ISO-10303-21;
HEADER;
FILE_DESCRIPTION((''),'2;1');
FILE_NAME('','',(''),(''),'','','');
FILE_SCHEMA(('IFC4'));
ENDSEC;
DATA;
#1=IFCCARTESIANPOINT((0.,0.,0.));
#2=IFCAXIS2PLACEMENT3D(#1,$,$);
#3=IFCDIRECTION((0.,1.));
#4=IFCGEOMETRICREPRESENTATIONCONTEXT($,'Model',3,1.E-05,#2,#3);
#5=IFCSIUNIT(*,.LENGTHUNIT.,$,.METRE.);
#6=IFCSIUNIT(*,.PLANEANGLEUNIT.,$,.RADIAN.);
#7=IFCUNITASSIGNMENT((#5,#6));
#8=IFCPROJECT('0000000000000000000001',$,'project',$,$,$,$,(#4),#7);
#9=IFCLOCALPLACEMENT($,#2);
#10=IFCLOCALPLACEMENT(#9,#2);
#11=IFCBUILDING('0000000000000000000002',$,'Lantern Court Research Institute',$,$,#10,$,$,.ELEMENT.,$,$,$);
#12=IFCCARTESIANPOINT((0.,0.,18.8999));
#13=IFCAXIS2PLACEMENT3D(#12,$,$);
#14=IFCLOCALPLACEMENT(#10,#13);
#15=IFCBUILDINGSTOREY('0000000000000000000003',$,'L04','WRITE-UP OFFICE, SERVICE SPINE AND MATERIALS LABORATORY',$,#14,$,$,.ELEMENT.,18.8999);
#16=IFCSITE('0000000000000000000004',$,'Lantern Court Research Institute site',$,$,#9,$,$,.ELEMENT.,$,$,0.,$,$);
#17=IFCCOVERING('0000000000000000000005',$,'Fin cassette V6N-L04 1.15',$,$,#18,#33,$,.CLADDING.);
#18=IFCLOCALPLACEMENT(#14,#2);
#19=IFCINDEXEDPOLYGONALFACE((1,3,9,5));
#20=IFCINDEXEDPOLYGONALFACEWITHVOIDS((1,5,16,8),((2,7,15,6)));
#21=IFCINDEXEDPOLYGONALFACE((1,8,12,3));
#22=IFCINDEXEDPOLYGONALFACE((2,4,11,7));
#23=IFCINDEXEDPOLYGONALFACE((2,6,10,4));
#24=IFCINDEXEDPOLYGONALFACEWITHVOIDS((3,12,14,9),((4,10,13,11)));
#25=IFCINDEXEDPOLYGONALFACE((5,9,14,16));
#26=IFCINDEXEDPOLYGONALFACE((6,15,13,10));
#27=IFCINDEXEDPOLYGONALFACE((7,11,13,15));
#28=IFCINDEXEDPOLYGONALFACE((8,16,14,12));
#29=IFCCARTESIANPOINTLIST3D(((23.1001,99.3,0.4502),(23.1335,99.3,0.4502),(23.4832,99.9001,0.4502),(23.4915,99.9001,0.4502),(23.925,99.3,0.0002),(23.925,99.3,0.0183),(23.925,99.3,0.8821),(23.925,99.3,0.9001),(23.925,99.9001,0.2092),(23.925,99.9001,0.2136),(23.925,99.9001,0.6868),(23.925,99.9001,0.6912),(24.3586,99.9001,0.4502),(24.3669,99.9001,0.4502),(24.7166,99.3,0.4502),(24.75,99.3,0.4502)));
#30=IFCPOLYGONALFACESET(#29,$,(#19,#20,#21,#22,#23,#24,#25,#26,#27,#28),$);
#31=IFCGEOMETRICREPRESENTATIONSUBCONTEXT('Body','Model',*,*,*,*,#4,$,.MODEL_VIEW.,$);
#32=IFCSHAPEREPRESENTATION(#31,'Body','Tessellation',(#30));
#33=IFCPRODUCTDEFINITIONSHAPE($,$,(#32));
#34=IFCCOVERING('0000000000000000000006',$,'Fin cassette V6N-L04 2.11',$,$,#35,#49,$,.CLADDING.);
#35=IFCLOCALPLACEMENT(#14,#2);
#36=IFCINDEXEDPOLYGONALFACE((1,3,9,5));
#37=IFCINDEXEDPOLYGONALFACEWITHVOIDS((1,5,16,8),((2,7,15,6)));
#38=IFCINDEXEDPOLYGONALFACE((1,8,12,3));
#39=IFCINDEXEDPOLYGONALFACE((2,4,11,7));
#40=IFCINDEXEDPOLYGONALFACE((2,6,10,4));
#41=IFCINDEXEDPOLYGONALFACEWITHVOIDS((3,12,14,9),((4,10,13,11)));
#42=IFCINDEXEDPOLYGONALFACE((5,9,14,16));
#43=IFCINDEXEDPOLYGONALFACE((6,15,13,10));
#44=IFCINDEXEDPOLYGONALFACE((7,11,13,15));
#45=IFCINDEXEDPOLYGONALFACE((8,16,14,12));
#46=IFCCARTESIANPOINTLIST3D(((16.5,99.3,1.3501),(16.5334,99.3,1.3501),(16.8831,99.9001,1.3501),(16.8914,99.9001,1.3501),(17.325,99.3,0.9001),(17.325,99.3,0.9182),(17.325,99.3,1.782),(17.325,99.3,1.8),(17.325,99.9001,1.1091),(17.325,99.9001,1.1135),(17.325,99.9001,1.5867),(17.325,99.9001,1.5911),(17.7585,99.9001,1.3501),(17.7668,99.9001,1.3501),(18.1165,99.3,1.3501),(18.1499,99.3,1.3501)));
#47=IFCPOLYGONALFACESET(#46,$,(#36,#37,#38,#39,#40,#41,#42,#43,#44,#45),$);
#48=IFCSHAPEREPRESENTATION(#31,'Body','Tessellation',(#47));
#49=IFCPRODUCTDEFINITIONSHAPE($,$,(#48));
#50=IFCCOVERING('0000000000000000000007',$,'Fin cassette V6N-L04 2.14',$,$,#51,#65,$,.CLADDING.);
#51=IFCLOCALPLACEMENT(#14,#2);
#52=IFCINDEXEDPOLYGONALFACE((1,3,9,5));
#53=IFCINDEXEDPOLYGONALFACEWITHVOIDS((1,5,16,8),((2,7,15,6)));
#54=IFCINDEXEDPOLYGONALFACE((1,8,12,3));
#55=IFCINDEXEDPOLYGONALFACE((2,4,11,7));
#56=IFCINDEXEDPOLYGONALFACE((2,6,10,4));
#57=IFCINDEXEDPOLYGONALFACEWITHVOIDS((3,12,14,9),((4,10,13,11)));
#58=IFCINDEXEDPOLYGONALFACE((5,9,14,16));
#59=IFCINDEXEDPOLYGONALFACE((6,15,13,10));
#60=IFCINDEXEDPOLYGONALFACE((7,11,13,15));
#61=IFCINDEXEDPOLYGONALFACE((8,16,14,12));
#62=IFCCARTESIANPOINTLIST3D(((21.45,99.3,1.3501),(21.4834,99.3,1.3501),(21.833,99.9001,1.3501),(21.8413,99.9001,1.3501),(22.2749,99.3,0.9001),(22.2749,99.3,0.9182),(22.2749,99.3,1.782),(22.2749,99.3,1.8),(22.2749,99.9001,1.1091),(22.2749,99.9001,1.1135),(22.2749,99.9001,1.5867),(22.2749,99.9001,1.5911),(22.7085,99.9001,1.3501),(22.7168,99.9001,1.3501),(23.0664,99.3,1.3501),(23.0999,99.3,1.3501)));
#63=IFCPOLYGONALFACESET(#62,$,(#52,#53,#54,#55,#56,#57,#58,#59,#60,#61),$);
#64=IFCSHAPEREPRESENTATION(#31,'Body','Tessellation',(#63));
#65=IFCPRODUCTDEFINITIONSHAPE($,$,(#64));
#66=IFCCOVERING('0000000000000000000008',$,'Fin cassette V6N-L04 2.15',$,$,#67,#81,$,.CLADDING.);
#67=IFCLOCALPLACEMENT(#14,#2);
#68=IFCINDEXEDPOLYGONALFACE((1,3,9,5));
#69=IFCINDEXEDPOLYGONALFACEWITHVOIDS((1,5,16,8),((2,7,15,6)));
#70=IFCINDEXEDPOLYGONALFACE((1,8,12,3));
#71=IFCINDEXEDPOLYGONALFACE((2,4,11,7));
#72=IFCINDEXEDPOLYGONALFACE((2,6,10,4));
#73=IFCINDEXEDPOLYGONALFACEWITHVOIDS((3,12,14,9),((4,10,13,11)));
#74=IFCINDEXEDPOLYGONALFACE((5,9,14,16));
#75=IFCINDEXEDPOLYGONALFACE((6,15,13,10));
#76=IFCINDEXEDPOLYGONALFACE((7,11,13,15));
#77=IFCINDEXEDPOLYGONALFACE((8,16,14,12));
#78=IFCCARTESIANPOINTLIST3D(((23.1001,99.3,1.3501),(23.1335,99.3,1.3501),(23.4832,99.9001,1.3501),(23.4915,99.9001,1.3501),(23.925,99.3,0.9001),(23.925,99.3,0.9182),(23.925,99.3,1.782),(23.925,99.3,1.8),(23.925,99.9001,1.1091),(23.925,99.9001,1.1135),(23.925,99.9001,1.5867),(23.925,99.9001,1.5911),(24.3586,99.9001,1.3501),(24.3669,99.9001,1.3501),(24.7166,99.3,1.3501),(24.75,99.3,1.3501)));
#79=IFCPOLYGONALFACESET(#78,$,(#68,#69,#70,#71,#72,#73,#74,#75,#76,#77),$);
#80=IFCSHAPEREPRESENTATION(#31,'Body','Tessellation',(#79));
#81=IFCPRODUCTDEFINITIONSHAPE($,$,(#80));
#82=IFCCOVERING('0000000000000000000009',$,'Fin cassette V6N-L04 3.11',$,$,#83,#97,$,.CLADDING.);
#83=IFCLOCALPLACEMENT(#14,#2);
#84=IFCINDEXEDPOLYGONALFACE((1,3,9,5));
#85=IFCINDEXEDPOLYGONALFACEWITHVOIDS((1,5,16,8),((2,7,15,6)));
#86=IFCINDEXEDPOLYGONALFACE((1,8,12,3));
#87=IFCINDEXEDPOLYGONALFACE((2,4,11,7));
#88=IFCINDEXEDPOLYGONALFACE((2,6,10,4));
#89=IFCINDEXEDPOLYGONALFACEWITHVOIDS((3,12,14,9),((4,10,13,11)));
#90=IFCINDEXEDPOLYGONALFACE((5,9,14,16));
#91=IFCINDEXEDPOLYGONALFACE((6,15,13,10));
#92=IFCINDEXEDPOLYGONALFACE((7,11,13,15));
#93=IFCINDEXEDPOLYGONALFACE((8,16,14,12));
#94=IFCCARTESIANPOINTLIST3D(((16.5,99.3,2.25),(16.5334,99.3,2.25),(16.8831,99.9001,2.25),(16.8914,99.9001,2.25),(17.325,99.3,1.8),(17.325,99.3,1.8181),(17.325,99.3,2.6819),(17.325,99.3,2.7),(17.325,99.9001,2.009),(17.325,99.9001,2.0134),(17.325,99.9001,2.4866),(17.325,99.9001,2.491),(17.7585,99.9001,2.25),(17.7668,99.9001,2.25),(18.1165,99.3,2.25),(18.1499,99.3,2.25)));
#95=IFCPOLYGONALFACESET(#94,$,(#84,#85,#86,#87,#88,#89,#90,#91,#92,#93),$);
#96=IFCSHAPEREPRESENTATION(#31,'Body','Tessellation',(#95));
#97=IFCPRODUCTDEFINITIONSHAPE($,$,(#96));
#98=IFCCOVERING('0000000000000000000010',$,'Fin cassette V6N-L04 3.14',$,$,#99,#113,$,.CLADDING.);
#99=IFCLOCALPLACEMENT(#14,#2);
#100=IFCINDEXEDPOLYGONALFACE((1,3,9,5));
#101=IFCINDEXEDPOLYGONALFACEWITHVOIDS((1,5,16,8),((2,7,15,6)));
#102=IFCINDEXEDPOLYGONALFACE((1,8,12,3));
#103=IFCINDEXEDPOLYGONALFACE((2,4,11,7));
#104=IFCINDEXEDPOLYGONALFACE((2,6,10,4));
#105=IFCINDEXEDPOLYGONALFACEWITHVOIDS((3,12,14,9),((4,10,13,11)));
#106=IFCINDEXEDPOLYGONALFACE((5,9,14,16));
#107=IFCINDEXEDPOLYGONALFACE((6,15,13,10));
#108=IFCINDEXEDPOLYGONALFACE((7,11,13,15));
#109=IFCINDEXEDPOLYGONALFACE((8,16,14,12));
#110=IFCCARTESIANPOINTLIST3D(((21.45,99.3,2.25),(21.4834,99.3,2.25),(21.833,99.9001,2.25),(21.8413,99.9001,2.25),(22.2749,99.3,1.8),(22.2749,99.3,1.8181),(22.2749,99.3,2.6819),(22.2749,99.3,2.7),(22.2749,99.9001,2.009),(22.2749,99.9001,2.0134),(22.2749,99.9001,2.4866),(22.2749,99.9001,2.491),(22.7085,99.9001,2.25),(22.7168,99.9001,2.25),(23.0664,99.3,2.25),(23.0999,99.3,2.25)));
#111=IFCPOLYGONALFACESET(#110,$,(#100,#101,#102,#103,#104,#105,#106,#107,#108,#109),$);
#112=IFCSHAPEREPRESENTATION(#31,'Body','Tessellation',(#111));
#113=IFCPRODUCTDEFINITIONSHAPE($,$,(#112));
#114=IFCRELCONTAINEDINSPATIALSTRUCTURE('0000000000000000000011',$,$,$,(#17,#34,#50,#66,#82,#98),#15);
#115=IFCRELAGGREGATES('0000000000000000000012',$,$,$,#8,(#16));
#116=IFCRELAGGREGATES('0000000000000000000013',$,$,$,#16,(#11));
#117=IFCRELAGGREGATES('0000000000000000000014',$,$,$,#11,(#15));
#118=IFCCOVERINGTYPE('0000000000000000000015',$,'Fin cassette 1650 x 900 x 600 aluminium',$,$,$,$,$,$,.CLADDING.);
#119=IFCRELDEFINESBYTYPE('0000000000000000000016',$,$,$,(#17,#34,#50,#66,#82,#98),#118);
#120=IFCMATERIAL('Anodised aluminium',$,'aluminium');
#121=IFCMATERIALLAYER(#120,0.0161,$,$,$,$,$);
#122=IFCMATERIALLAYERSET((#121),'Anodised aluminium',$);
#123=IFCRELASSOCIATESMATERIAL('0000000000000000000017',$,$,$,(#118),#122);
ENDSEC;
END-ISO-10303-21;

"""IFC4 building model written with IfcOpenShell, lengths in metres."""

from ifc_helpers import new_model, entity, si_unit, direction, frame, origin, place, context, subcontext, project, spatial, material, layer, layer_set, type_object, element, save


model = new_model("IFC4")

# Units and contexts
model_context = context("Model", 3, precision=1e-05, world=origin(), true_north=direction((0.0, 1.0)))
body_context = subcontext(model_context, "Body", "Model", "MODEL_VIEW")
ifc_project = project(units=[si_unit("LENGTHUNIT", "METRE"), si_unit("PLANEANGLEUNIT", "RADIAN")], contexts=[model_context])

# Site, building, storey
site_placement = place(None, origin())
site = spatial("IfcSite", under=ifc_project, at=site_placement, Name="Lantern Court Research Institute site", CompositionType="ELEMENT", RefElevation=0.0)
building_placement = place(site_placement, origin())
building = spatial("IfcBuilding", under=site, at=building_placement, Name="Lantern Court Research Institute", CompositionType="ELEMENT")
storey_placement = place(building_placement, frame((0.0, 0.0, 18.8999)))
storey = spatial("IfcBuildingStorey", under=building, at=storey_placement, Name="L04", Description="WRITE-UP OFFICE, SERVICE SPINE AND MATERIALS LABORATORY", CompositionType="ELEMENT", Elevation=18.8999)

# Coverings
ifc_material_1 = material(Name="Anodised aluminium", Category="aluminium")
ifc_layer_1 = layer(ifc_material_1, 0.0161)
ifc_layer_set_1 = layer_set([ifc_layer_1], Name="Anodised aluminium")
covering_type_1 = type_object("IfcCoveringType", Name="Fin cassette 1650 x 900 x 600 aluminium", PredefinedType="CLADDING", material=ifc_layer_set_1)
covering_1_placement = place(storey_placement, frame((23.925, 99.3, 0.4502), z_axis=(0.0, 1.0, 0.0), x_axis=(-1.0, 0.0, 0.0)))
cartesian_point_1 = entity("IfcCartesianPoint", [0.825, 0.0])
cartesian_point_2 = entity("IfcCartesianPoint", [0.7915, 0.0])
cartesian_point_3 = entity("IfcCartesianPoint", [0.4419, 0.0])
cartesian_point_4 = entity("IfcCartesianPoint", [0.4336, 0.0])
element("IfcCovering", 1, at=covering_1_placement, inside=storey, type_object=covering_type_1, Name="Fin cassette V6N-L04 1.15", PredefinedType="CLADDING", context=body_context, shape_type="SweptSolid", body=[
    entity("IfcExtrudedAreaSolidTapered", entity("IfcArbitraryProfileDefWithVoids", "AREA", None, entity("IfcPolyline", [cartesian_point_1, entity("IfcCartesianPoint", [0.0, 0.45]), entity("IfcCartesianPoint", [-0.825, 0.0]), entity("IfcCartesianPoint", [0.0, -0.45]), cartesian_point_1]), [entity("IfcPolyline", [cartesian_point_2, entity("IfcCartesianPoint", [0.0, 0.4319]), entity("IfcCartesianPoint", [-0.7915, 0.0]), entity("IfcCartesianPoint", [0.0, -0.4319]), cartesian_point_2])]), entity("IfcAxis2Placement3D", entity("IfcCartesianPoint", [0.0, 0.0, 0.0])), entity("IfcDirection", [0.0, 0.0, 1.0]), 0.6001, entity("IfcArbitraryProfileDefWithVoids", "AREA", None, entity("IfcPolyline", [cartesian_point_3, entity("IfcCartesianPoint", [0.0, 0.241]), entity("IfcCartesianPoint", [-0.4419, 0.0]), entity("IfcCartesianPoint", [0.0, -0.241]), cartesian_point_3]), [entity("IfcPolyline", [cartesian_point_4, entity("IfcCartesianPoint", [0.0, 0.2366]), entity("IfcCartesianPoint", [-0.4336, 0.0]), entity("IfcCartesianPoint", [0.0, -0.2366]), cartesian_point_4])])),
])
covering_2_placement = place(storey_placement, frame((17.325, 99.3, 1.3501), z_axis=(0.0, 1.0, 0.0), x_axis=(-1.0, 0.0, 0.0)))
cartesian_point_5 = entity("IfcCartesianPoint", [0.825, 0.0])
cartesian_point_6 = entity("IfcCartesianPoint", [0.7915, 0.0])
cartesian_point_7 = entity("IfcCartesianPoint", [0.4419, 0.0])
cartesian_point_8 = entity("IfcCartesianPoint", [0.4336, 0.0])
element("IfcCovering", 2, at=covering_2_placement, inside=storey, type_object=covering_type_1, Name="Fin cassette V6N-L04 2.11", PredefinedType="CLADDING", context=body_context, shape_type="SweptSolid", body=[
    entity("IfcExtrudedAreaSolidTapered", entity("IfcArbitraryProfileDefWithVoids", "AREA", None, entity("IfcPolyline", [cartesian_point_5, entity("IfcCartesianPoint", [0.0, 0.45]), entity("IfcCartesianPoint", [-0.825, 0.0]), entity("IfcCartesianPoint", [0.0, -0.45]), cartesian_point_5]), [entity("IfcPolyline", [cartesian_point_6, entity("IfcCartesianPoint", [0.0, 0.4319]), entity("IfcCartesianPoint", [-0.7915, 0.0]), entity("IfcCartesianPoint", [0.0, -0.4319]), cartesian_point_6])]), entity("IfcAxis2Placement3D", entity("IfcCartesianPoint", [0.0, 0.0, 0.0])), entity("IfcDirection", [0.0, 0.0, 1.0]), 0.6001, entity("IfcArbitraryProfileDefWithVoids", "AREA", None, entity("IfcPolyline", [cartesian_point_7, entity("IfcCartesianPoint", [0.0, 0.241]), entity("IfcCartesianPoint", [-0.4419, 0.0]), entity("IfcCartesianPoint", [0.0, -0.241]), cartesian_point_7]), [entity("IfcPolyline", [cartesian_point_8, entity("IfcCartesianPoint", [0.0, 0.2366]), entity("IfcCartesianPoint", [-0.4336, 0.0]), entity("IfcCartesianPoint", [0.0, -0.2366]), cartesian_point_8])])),
])
covering_3_placement = place(storey_placement, frame((22.2749, 99.3, 1.3501), z_axis=(0.0, 1.0, 0.0), x_axis=(-1.0, 0.0, 0.0)))
cartesian_point_9 = entity("IfcCartesianPoint", [0.825, 0.0])
cartesian_point_10 = entity("IfcCartesianPoint", [0.7915, 0.0])
cartesian_point_11 = entity("IfcCartesianPoint", [0.4419, 0.0])
cartesian_point_12 = entity("IfcCartesianPoint", [0.4336, 0.0])
element("IfcCovering", 3, at=covering_3_placement, inside=storey, type_object=covering_type_1, Name="Fin cassette V6N-L04 2.14", PredefinedType="CLADDING", context=body_context, shape_type="SweptSolid", body=[
    entity("IfcExtrudedAreaSolidTapered", entity("IfcArbitraryProfileDefWithVoids", "AREA", None, entity("IfcPolyline", [cartesian_point_9, entity("IfcCartesianPoint", [0.0, 0.45]), entity("IfcCartesianPoint", [-0.825, 0.0]), entity("IfcCartesianPoint", [0.0, -0.45]), cartesian_point_9]), [entity("IfcPolyline", [cartesian_point_10, entity("IfcCartesianPoint", [0.0, 0.4319]), entity("IfcCartesianPoint", [-0.7915, 0.0]), entity("IfcCartesianPoint", [0.0, -0.4319]), cartesian_point_10])]), entity("IfcAxis2Placement3D", entity("IfcCartesianPoint", [0.0, 0.0, 0.0])), entity("IfcDirection", [0.0, 0.0, 1.0]), 0.6001, entity("IfcArbitraryProfileDefWithVoids", "AREA", None, entity("IfcPolyline", [cartesian_point_11, entity("IfcCartesianPoint", [0.0, 0.241]), entity("IfcCartesianPoint", [-0.4419, 0.0]), entity("IfcCartesianPoint", [0.0, -0.241]), cartesian_point_11]), [entity("IfcPolyline", [cartesian_point_12, entity("IfcCartesianPoint", [0.0, 0.2366]), entity("IfcCartesianPoint", [-0.4336, 0.0]), entity("IfcCartesianPoint", [0.0, -0.2366]), cartesian_point_12])])),
])
covering_4_placement = place(storey_placement, frame((23.925, 99.3, 1.3501), z_axis=(0.0, 1.0, 0.0), x_axis=(-1.0, 0.0, 0.0)))
cartesian_point_13 = entity("IfcCartesianPoint", [0.825, 0.0])
cartesian_point_14 = entity("IfcCartesianPoint", [0.7915, 0.0])
cartesian_point_15 = entity("IfcCartesianPoint", [0.4419, 0.0])
cartesian_point_16 = entity("IfcCartesianPoint", [0.4336, 0.0])
element("IfcCovering", 4, at=covering_4_placement, inside=storey, type_object=covering_type_1, Name="Fin cassette V6N-L04 2.15", PredefinedType="CLADDING", context=body_context, shape_type="SweptSolid", body=[
    entity("IfcExtrudedAreaSolidTapered", entity("IfcArbitraryProfileDefWithVoids", "AREA", None, entity("IfcPolyline", [cartesian_point_13, entity("IfcCartesianPoint", [0.0, 0.45]), entity("IfcCartesianPoint", [-0.825, 0.0]), entity("IfcCartesianPoint", [0.0, -0.45]), cartesian_point_13]), [entity("IfcPolyline", [cartesian_point_14, entity("IfcCartesianPoint", [0.0, 0.4319]), entity("IfcCartesianPoint", [-0.7915, 0.0]), entity("IfcCartesianPoint", [0.0, -0.4319]), cartesian_point_14])]), entity("IfcAxis2Placement3D", entity("IfcCartesianPoint", [0.0, 0.0, 0.0])), entity("IfcDirection", [0.0, 0.0, 1.0]), 0.6001, entity("IfcArbitraryProfileDefWithVoids", "AREA", None, entity("IfcPolyline", [cartesian_point_15, entity("IfcCartesianPoint", [0.0, 0.241]), entity("IfcCartesianPoint", [-0.4419, 0.0]), entity("IfcCartesianPoint", [0.0, -0.241]), cartesian_point_15]), [entity("IfcPolyline", [cartesian_point_16, entity("IfcCartesianPoint", [0.0, 0.2366]), entity("IfcCartesianPoint", [-0.4336, 0.0]), entity("IfcCartesianPoint", [0.0, -0.2366]), cartesian_point_16])])),
])
covering_5_placement = place(storey_placement, frame((17.325, 99.3, 2.25), z_axis=(0.0, 1.0, 0.0), x_axis=(-1.0, 0.0, 0.0)))
cartesian_point_17 = entity("IfcCartesianPoint", [0.825, 0.0])
cartesian_point_18 = entity("IfcCartesianPoint", [0.7915, 0.0])
cartesian_point_19 = entity("IfcCartesianPoint", [0.4419, 0.0])
cartesian_point_20 = entity("IfcCartesianPoint", [0.4336, 0.0])
element("IfcCovering", 5, at=covering_5_placement, inside=storey, type_object=covering_type_1, Name="Fin cassette V6N-L04 3.11", PredefinedType="CLADDING", context=body_context, shape_type="SweptSolid", body=[
    entity("IfcExtrudedAreaSolidTapered", entity("IfcArbitraryProfileDefWithVoids", "AREA", None, entity("IfcPolyline", [cartesian_point_17, entity("IfcCartesianPoint", [0.0, 0.45]), entity("IfcCartesianPoint", [-0.825, 0.0]), entity("IfcCartesianPoint", [0.0, -0.45]), cartesian_point_17]), [entity("IfcPolyline", [cartesian_point_18, entity("IfcCartesianPoint", [0.0, 0.4319]), entity("IfcCartesianPoint", [-0.7915, 0.0]), entity("IfcCartesianPoint", [0.0, -0.4319]), cartesian_point_18])]), entity("IfcAxis2Placement3D", entity("IfcCartesianPoint", [0.0, 0.0, 0.0])), entity("IfcDirection", [0.0, 0.0, 1.0]), 0.6001, entity("IfcArbitraryProfileDefWithVoids", "AREA", None, entity("IfcPolyline", [cartesian_point_19, entity("IfcCartesianPoint", [0.0, 0.241]), entity("IfcCartesianPoint", [-0.4419, 0.0]), entity("IfcCartesianPoint", [0.0, -0.241]), cartesian_point_19]), [entity("IfcPolyline", [cartesian_point_20, entity("IfcCartesianPoint", [0.0, 0.2366]), entity("IfcCartesianPoint", [-0.4336, 0.0]), entity("IfcCartesianPoint", [0.0, -0.2366]), cartesian_point_20])])),
])
covering_6_placement = place(storey_placement, frame((22.2749, 99.3, 2.25), z_axis=(0.0, 1.0, 0.0), x_axis=(-1.0, 0.0, 0.0)))
cartesian_point_21 = entity("IfcCartesianPoint", [0.825, 0.0])
cartesian_point_22 = entity("IfcCartesianPoint", [0.7915, 0.0])
cartesian_point_23 = entity("IfcCartesianPoint", [0.4419, 0.0])
cartesian_point_24 = entity("IfcCartesianPoint", [0.4336, 0.0])
element("IfcCovering", 6, at=covering_6_placement, inside=storey, type_object=covering_type_1, Name="Fin cassette V6N-L04 3.14", PredefinedType="CLADDING", context=body_context, shape_type="SweptSolid", body=[
    entity("IfcExtrudedAreaSolidTapered", entity("IfcArbitraryProfileDefWithVoids", "AREA", None, entity("IfcPolyline", [cartesian_point_21, entity("IfcCartesianPoint", [0.0, 0.45]), entity("IfcCartesianPoint", [-0.825, 0.0]), entity("IfcCartesianPoint", [0.0, -0.45]), cartesian_point_21]), [entity("IfcPolyline", [cartesian_point_22, entity("IfcCartesianPoint", [0.0, 0.4319]), entity("IfcCartesianPoint", [-0.7915, 0.0]), entity("IfcCartesianPoint", [0.0, -0.4319]), cartesian_point_22])]), entity("IfcAxis2Placement3D", entity("IfcCartesianPoint", [0.0, 0.0, 0.0])), entity("IfcDirection", [0.0, 0.0, 1.0]), 0.6001, entity("IfcArbitraryProfileDefWithVoids", "AREA", None, entity("IfcPolyline", [cartesian_point_23, entity("IfcCartesianPoint", [0.0, 0.241]), entity("IfcCartesianPoint", [-0.4419, 0.0]), entity("IfcCartesianPoint", [0.0, -0.241]), cartesian_point_23]), [entity("IfcPolyline", [cartesian_point_24, entity("IfcCartesianPoint", [0.0, 0.2366]), entity("IfcCartesianPoint", [-0.4336, 0.0]), entity("IfcCartesianPoint", [0.0, -0.2366]), cartesian_point_24])])),
])

save(model, "model.ifc")
